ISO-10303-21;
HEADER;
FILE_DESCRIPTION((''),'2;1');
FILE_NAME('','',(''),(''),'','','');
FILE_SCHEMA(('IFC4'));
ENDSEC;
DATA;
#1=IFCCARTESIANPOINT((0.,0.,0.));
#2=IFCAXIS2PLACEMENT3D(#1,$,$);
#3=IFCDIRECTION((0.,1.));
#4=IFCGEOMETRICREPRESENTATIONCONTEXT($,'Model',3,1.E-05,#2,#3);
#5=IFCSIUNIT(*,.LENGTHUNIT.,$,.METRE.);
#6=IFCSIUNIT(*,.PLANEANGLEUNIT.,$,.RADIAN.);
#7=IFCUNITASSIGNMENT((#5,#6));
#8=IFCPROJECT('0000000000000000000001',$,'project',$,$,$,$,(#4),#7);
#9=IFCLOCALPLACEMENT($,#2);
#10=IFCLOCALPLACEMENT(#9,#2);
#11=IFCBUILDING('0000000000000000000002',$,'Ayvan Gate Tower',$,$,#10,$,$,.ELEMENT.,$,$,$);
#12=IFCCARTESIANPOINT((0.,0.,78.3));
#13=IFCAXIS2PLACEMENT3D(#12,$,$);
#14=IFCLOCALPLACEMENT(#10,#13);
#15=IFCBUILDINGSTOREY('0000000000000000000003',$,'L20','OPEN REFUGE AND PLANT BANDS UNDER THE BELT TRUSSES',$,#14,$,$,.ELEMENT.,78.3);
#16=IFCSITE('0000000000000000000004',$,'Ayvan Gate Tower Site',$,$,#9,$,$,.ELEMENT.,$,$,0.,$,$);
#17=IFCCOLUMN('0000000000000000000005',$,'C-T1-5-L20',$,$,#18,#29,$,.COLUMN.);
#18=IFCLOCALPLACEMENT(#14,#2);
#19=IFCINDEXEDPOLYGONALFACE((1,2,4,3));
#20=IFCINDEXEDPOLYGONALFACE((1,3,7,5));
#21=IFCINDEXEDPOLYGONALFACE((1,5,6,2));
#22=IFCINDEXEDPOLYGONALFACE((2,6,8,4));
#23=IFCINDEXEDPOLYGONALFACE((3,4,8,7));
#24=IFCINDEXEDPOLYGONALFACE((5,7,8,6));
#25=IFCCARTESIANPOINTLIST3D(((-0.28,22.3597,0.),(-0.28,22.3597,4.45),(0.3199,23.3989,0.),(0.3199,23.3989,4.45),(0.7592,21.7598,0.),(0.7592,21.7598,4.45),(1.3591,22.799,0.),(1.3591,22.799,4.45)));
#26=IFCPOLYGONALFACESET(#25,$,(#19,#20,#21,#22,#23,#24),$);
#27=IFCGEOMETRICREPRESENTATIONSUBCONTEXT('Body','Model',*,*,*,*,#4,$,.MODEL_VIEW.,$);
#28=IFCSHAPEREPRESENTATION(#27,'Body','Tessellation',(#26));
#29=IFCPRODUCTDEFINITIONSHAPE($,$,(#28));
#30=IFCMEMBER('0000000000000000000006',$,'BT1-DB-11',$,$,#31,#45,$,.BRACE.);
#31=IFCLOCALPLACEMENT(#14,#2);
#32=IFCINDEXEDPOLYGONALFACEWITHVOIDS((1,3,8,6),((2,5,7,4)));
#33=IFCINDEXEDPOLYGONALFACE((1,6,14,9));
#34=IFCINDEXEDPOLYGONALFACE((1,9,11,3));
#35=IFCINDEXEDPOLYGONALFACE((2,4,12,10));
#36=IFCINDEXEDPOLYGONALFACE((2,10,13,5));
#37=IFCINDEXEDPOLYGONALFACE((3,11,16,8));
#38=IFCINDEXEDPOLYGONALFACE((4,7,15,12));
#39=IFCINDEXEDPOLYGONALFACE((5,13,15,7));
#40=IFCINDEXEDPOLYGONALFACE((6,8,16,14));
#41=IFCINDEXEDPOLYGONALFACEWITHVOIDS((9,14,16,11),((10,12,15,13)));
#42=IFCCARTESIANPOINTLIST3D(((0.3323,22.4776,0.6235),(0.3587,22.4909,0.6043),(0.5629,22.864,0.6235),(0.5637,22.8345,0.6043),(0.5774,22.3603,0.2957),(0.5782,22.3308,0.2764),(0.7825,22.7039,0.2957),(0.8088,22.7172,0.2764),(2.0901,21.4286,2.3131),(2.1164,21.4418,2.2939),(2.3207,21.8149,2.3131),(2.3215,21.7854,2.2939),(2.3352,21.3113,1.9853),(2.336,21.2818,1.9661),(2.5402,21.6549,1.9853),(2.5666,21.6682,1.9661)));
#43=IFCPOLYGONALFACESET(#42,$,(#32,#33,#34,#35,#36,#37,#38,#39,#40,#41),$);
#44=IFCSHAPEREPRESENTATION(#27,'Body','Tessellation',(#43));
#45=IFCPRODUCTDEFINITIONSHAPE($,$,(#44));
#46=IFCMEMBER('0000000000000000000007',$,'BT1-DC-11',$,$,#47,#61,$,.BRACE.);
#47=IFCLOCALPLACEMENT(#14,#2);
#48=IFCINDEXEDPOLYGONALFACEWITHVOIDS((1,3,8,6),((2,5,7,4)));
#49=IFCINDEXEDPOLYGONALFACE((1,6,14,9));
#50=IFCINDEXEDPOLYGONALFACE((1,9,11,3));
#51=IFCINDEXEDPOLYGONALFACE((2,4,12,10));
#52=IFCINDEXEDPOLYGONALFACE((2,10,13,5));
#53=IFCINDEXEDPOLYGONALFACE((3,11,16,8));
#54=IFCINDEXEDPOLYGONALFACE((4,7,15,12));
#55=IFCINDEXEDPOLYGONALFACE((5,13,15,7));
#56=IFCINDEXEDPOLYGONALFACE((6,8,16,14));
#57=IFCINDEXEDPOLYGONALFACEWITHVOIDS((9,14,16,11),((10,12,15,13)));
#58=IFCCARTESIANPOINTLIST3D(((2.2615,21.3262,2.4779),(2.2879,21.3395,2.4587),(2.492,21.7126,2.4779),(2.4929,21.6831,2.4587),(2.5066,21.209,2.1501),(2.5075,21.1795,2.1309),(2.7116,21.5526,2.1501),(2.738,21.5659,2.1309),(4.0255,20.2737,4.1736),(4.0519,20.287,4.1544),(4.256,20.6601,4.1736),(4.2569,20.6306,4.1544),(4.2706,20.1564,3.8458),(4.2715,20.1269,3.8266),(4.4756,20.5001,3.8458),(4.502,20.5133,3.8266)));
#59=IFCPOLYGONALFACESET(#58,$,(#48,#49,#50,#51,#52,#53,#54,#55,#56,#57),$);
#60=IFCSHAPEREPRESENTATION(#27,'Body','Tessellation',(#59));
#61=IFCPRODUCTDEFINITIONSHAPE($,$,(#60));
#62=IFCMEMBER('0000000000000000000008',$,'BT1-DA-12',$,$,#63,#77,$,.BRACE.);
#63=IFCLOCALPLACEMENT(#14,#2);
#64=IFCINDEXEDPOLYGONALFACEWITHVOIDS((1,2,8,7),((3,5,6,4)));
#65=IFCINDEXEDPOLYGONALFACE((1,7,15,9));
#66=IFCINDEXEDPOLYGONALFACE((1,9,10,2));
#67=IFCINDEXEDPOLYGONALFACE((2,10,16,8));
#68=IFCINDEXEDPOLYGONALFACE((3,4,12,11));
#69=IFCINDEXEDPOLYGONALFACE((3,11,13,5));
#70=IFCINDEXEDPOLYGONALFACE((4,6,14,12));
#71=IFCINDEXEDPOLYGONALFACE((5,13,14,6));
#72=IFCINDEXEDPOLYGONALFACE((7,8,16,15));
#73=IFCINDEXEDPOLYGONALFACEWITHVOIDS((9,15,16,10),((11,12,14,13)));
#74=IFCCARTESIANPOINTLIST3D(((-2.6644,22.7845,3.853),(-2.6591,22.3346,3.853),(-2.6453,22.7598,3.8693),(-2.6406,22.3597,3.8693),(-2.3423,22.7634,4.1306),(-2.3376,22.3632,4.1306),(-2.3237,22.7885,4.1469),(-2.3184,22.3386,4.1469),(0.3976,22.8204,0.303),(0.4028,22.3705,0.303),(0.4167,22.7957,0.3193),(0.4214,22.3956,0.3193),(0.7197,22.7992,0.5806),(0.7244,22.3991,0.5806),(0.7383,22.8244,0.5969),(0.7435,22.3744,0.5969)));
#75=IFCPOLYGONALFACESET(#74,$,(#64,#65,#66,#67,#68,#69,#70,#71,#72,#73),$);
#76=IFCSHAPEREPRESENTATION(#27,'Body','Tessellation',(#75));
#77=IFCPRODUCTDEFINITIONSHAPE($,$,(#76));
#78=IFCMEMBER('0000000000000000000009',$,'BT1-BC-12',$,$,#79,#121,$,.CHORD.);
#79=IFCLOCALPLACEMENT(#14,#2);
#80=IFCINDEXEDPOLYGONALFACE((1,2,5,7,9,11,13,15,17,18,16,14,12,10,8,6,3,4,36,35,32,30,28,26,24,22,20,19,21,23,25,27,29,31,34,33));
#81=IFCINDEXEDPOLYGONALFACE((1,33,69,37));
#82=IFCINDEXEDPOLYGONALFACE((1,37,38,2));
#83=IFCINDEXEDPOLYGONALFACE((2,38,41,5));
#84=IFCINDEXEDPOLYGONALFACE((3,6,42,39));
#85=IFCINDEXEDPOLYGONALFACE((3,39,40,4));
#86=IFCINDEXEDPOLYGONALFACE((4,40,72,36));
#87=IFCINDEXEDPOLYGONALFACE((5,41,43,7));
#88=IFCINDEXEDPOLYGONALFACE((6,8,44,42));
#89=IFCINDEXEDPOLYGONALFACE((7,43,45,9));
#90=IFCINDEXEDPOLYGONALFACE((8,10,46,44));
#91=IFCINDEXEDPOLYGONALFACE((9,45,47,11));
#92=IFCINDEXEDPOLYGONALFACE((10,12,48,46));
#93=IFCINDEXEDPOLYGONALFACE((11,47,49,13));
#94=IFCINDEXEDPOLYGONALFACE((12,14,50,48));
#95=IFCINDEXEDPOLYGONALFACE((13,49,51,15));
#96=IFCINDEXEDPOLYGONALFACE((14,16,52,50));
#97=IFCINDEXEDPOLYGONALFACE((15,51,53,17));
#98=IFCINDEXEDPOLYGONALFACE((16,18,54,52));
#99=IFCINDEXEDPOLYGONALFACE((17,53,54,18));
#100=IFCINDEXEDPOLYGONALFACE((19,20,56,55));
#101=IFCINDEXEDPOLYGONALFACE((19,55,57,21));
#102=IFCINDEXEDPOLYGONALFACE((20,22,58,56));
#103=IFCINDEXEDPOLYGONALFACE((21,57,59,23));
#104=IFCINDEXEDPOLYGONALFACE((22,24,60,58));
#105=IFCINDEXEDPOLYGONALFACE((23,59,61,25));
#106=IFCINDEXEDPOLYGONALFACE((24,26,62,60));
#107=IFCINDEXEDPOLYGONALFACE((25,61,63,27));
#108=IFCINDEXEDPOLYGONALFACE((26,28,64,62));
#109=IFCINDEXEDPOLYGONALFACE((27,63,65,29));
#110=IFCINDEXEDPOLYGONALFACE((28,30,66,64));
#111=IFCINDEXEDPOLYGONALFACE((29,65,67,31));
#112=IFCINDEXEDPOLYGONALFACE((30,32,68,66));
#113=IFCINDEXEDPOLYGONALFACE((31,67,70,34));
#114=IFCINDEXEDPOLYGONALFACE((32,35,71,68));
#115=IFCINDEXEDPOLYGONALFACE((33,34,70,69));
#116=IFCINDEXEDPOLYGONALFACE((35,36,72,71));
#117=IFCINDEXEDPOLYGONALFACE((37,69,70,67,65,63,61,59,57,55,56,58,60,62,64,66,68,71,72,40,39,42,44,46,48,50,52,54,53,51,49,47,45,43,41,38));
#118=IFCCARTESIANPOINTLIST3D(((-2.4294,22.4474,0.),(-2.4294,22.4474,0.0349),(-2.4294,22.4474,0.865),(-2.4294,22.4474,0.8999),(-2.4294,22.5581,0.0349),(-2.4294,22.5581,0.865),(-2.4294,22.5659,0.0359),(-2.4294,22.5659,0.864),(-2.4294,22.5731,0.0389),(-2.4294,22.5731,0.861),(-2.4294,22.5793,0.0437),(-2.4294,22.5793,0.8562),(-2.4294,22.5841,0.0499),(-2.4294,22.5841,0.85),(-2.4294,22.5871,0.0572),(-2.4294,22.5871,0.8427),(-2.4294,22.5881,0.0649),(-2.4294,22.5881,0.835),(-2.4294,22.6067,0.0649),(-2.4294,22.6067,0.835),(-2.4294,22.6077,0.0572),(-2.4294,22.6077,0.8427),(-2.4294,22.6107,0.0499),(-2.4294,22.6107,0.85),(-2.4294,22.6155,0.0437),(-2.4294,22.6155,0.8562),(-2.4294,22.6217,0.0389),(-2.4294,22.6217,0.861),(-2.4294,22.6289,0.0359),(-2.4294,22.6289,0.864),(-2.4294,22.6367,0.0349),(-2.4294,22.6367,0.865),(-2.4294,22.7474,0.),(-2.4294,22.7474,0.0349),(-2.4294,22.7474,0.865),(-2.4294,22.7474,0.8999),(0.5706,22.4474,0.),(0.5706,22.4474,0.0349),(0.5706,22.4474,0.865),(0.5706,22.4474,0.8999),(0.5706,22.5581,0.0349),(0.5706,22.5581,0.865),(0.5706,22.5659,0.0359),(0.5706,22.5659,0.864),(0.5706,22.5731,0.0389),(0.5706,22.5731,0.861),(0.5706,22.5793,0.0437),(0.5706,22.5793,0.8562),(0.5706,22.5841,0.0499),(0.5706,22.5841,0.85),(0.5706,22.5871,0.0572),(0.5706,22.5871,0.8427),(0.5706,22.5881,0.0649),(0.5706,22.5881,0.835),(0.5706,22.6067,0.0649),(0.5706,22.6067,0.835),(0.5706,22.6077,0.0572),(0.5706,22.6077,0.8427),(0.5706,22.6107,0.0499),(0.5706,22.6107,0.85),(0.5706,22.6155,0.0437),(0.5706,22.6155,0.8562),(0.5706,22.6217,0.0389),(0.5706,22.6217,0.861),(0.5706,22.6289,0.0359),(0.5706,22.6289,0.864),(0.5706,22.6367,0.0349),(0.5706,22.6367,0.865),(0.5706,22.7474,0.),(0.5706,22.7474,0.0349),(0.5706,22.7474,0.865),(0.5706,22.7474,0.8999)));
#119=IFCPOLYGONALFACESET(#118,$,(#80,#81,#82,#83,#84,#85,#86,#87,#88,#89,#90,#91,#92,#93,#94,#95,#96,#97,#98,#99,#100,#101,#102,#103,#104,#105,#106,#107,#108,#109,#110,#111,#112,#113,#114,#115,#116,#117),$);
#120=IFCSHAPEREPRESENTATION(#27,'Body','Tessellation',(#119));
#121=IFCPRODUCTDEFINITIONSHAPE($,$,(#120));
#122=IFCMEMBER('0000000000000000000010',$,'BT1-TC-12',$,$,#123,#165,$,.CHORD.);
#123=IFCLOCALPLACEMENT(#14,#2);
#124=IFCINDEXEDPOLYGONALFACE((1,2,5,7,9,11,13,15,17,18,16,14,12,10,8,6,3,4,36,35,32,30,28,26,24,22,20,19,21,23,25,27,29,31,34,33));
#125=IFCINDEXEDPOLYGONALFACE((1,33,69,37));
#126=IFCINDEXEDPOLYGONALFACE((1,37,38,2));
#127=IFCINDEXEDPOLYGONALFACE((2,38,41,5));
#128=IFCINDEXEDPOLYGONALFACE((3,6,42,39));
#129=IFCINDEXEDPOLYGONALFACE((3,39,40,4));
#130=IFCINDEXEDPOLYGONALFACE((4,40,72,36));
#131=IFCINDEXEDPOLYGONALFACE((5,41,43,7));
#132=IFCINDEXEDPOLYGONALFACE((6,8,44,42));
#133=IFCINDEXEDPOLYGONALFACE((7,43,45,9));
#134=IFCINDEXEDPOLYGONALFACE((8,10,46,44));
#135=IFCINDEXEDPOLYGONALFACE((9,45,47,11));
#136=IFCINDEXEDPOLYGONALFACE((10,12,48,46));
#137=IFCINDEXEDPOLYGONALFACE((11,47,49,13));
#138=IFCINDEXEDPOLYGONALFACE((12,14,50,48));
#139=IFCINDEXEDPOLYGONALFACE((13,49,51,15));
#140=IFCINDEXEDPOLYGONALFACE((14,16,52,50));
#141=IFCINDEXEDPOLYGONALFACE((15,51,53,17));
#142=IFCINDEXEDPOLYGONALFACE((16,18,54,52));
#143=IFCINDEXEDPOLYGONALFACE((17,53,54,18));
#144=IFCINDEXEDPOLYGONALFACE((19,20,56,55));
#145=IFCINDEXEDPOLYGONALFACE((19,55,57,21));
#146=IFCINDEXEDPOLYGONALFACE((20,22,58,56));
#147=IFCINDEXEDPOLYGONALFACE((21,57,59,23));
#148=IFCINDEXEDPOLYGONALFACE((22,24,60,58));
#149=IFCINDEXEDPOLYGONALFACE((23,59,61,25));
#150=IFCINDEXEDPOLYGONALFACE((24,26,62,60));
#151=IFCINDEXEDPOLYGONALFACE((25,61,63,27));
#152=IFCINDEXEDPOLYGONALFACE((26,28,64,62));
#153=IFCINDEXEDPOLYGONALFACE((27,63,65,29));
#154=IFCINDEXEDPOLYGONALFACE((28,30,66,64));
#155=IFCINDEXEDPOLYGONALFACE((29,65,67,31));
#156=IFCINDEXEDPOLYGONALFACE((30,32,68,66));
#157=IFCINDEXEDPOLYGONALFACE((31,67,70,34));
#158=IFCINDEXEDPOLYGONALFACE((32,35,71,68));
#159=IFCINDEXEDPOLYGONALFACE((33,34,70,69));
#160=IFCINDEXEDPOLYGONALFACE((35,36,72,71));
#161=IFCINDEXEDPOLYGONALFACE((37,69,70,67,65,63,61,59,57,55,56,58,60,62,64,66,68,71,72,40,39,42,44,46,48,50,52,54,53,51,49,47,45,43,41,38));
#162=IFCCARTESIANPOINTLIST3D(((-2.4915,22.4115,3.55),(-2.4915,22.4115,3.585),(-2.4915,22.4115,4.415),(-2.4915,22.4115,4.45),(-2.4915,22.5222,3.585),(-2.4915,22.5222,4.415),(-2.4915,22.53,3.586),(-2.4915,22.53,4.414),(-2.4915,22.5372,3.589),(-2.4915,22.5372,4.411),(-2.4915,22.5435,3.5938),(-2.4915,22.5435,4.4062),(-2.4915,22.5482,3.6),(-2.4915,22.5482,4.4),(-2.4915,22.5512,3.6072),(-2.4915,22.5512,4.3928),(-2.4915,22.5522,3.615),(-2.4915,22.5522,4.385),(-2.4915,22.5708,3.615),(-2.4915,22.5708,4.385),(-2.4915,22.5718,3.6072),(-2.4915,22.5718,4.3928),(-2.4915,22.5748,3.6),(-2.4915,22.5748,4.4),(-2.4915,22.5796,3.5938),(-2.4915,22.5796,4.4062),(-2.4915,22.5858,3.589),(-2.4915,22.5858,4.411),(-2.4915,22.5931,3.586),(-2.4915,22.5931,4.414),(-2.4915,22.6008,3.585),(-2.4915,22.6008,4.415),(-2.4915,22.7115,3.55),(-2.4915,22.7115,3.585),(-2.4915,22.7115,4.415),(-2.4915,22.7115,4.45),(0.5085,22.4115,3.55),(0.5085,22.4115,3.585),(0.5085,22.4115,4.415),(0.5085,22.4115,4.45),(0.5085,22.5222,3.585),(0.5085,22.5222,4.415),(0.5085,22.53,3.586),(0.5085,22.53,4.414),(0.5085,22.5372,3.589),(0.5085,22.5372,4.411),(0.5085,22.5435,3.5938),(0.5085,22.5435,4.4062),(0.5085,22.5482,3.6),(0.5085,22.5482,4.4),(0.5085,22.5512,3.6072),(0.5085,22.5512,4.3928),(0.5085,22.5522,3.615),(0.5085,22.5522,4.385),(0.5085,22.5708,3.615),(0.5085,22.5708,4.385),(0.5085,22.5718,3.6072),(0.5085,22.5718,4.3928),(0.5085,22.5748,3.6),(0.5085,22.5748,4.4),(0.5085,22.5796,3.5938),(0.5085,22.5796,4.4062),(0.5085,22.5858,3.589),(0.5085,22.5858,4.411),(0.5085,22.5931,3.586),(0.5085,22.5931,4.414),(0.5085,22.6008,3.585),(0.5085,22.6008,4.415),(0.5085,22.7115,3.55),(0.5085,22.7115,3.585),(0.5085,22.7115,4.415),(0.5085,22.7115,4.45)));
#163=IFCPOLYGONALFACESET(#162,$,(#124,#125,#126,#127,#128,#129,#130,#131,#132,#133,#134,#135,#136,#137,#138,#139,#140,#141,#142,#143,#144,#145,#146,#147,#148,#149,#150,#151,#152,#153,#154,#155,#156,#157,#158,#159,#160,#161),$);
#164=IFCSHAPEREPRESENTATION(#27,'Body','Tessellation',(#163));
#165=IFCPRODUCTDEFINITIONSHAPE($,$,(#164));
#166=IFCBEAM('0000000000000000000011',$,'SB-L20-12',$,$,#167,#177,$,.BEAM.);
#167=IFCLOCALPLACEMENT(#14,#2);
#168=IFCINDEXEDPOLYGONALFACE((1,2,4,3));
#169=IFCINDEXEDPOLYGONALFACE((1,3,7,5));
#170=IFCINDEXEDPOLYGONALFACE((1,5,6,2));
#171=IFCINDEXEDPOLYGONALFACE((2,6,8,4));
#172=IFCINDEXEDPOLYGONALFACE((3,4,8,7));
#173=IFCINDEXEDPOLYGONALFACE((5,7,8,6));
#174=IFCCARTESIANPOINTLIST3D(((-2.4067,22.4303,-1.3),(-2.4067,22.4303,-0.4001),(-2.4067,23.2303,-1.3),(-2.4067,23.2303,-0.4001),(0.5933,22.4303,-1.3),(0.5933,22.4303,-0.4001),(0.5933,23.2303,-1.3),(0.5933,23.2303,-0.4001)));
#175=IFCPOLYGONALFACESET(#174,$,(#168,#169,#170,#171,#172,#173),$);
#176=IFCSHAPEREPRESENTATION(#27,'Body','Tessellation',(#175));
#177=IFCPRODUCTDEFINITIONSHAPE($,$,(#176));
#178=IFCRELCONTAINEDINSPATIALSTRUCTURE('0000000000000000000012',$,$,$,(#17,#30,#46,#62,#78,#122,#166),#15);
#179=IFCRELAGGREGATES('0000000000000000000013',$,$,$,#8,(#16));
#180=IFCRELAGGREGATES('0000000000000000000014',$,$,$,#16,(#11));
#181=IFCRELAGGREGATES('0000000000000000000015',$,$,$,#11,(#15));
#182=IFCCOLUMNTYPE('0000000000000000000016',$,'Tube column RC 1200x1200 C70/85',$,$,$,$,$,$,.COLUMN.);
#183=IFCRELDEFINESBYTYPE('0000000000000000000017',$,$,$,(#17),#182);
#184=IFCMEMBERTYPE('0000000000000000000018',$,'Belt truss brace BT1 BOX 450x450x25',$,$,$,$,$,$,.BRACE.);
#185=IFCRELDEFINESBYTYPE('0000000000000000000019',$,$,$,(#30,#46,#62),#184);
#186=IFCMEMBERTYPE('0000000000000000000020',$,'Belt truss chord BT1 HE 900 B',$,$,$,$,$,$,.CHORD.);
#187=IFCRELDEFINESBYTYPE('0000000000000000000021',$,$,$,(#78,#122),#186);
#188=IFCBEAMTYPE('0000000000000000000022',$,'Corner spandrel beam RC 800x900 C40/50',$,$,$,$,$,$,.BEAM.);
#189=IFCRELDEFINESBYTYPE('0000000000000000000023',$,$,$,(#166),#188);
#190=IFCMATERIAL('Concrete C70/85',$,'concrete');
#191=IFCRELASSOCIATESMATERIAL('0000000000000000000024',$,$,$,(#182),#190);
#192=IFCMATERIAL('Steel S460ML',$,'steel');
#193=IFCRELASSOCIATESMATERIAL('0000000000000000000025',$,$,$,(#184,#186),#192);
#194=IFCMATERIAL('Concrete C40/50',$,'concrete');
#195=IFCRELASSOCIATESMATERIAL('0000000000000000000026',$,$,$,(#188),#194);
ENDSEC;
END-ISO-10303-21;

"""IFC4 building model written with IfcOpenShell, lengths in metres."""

from ifc_helpers import new_model, si_unit, direction, frame, origin, origin_2d, place, context, subcontext, project, spatial, rectangle, hollow_rectangle, i_section, extrude, material, material_profile, profile_set, type_object, element, save


model = new_model("IFC4")

# Units and contexts
model_context = context("Model", 3, precision=1e-05, world=origin(), true_north=direction((0.0, 1.0)))
body_context = subcontext(model_context, "Body", "Model", "MODEL_VIEW")
ifc_project = project(units=[si_unit("LENGTHUNIT", "METRE"), si_unit("PLANEANGLEUNIT", "RADIAN")], contexts=[model_context])

# Site, building, storey
site_placement = place(None, origin())
site = spatial("IfcSite", under=ifc_project, at=site_placement, Name="Ayvan Gate Tower Site", CompositionType="ELEMENT", RefElevation=0.0)
building_placement = place(site_placement, origin())
building = spatial("IfcBuilding", under=site, at=building_placement, Name="Ayvan Gate Tower", CompositionType="ELEMENT")
storey_placement = place(building_placement, frame((0.0, 0.0, 78.3)))
storey = spatial("IfcBuildingStorey", under=building, at=storey_placement, Name="L20", Description="OPEN REFUGE AND PLANT BANDS UNDER THE BELT TRUSSES", CompositionType="ELEMENT", Elevation=78.3)

# Column
ifc_material_1 = material(Name="Concrete C70/85", Category="concrete")
ifc_material_profile_1 = material_profile(ifc_material_1, rectangle(XDim=1.2, YDim=1.2, at=origin_2d()), Name="RC 1200x1200")
ifc_profile_set_1 = profile_set([ifc_material_profile_1], Name="Concrete C70/85")
column_type = type_object("IfcColumnType", Name="Tube column RC 1200x1200 C70/85", PredefinedType="COLUMN", material=ifc_profile_set_1)
column_placement = place(storey_placement, frame((0.5396, 22.5793, 0.0), z_axis=(0.0, 0.0, 1.0), x_axis=(0.5, 0.866025, 0.0)))
element("IfcColumn", 1, at=column_placement, inside=storey, type_object=column_type, Name="C-T1-5-L20", PredefinedType="COLUMN", context=body_context, shape_type="SweptSolid", body=[
    extrude(rectangle(XDim=1.2, YDim=1.2, at=origin_2d()), origin(), (0.0, 0.0, 1.0), 4.45),
])

# Members
ifc_material_2 = material(Name="Steel S460ML", Category="steel")
ifc_material_profile_2 = material_profile(ifc_material_2, hollow_rectangle(XDim=0.45, YDim=0.45, WallThickness=0.0249, at=origin_2d()), Name="BOX 450x450x25")
ifc_profile_set_2 = profile_set([ifc_material_profile_2], Name="Steel S460ML")
member_type_1 = type_object("IfcMemberType", Name="Belt truss brace BT1 BOX 450x450x25", PredefinedType="BRACE", material=ifc_profile_set_2)
member_1_placement = place(storey_placement, frame((0.5706, 22.5974, 0.45), z_axis=(0.66224, -0.395229, 0.636578), x_axis=(0.512477, 0.858701, 0.0)))
element("IfcMember", 2, at=member_1_placement, inside=storey, type_object=member_type_1, Name="BT1-DB-11", PredefinedType="BRACE", context=body_context, shape_type="SweptSolid", body=[
    extrude(hollow_rectangle(XDim=0.45, YDim=0.45, WallThickness=0.0249, at=origin_2d()), origin(), (0.0, 0.0, 1.0), 2.6543),
])
member_2_placement = place(storey_placement, frame((2.4998, 21.446, 2.3044), z_axis=(0.662264, -0.395158, 0.636598), x_axis=(0.512397, 0.858749, 0.0)))
element("IfcMember", 3, at=member_2_placement, inside=storey, type_object=member_type_1, Name="BT1-DC-11", PredefinedType="BRACE", context=body_context, shape_type="SweptSolid", body=[
    extrude(hollow_rectangle(XDim=0.45, YDim=0.45, WallThickness=0.0249, at=origin_2d()), origin(), (0.0, 0.0, 1.0), 2.6636),
])
member_3_placement = place(storey_placement, frame((0.5706, 22.5974, 0.45), z_axis=(-0.653119, -0.007655, 0.757216), x_axis=(0.01172, -0.999931, 0.0)))
element("IfcMember", 4, at=member_3_placement, inside=storey, type_object=member_type_1, Name="BT1-DA-12", PredefinedType="BRACE", context=body_context, shape_type="SweptSolid", body=[
    extrude(hollow_rectangle(XDim=0.45, YDim=0.45, WallThickness=0.0249, at=origin_2d()), origin(), (0.0, 0.0, 1.0), 4.6882),
])
ifc_material_profile_3 = material_profile(ifc_material_2, i_section(OverallWidth=0.3, OverallDepth=0.8999, WebThickness=0.0186, FlangeThickness=0.0349, FilletRadius=0.03, at=origin_2d()), Name="HE 900 B")
ifc_profile_set_3 = profile_set([ifc_material_profile_3], Name="Steel S460ML")
member_type_2 = type_object("IfcMemberType", Name="Belt truss chord BT1 HE 900 B", PredefinedType="CHORD", material=ifc_profile_set_3)
for number, where, z_axis, x_axis, name in (
    (5, (0.5706, 22.5974, 0.45), (-1.0, 0.0, 0.0), (0.0, -1.0, 0.0), "BT1-BC-12"),
    (6, (0.5085, 22.5615, 4.0), (-1.0, 0.0, 0.0), (0.0, -1.0, 0.0), "BT1-TC-12"),
):
    element("IfcMember", number, at=place(storey_placement, frame(where, z_axis=z_axis, x_axis=x_axis)), inside=storey, type_object=member_type_2, Name=name, PredefinedType="CHORD", context=body_context, shape_type="SweptSolid", body=[
        extrude(i_section(OverallWidth=0.3, OverallDepth=0.8999, WebThickness=0.0186, FlangeThickness=0.0349, FilletRadius=0.03, at=origin_2d()), origin(), (0.0, 0.0, 1.0), 3.0),
    ])

# Beam
ifc_material_3 = material(Name="Concrete C40/50", Category="concrete")
ifc_material_profile_4 = material_profile(ifc_material_3, rectangle(XDim=0.8, YDim=0.8999, at=origin_2d()), Name="RC 800x900")
ifc_profile_set_4 = profile_set([ifc_material_profile_4], Name="Concrete C40/50")
beam_type_1 = type_object("IfcBeamType", Name="Corner spandrel beam RC 800x900 C40/50", PredefinedType="BEAM", material=ifc_profile_set_4)
beam_1_placement = place(storey_placement, frame((0.5933, 22.8303, -0.8501), z_axis=(-1.0, 0.0, 0.0), x_axis=(0.0, -1.0, 0.0)))
element("IfcBeam", 7, at=beam_1_placement, inside=storey, type_object=beam_type_1, Name="SB-L20-12", PredefinedType="BEAM", context=body_context, shape_type="SweptSolid", body=[
    extrude(rectangle(XDim=0.8, YDim=0.8999, at=origin_2d()), origin(), (0.0, 0.0, 1.0), 3.0),
])

save(model, "model.ifc")
